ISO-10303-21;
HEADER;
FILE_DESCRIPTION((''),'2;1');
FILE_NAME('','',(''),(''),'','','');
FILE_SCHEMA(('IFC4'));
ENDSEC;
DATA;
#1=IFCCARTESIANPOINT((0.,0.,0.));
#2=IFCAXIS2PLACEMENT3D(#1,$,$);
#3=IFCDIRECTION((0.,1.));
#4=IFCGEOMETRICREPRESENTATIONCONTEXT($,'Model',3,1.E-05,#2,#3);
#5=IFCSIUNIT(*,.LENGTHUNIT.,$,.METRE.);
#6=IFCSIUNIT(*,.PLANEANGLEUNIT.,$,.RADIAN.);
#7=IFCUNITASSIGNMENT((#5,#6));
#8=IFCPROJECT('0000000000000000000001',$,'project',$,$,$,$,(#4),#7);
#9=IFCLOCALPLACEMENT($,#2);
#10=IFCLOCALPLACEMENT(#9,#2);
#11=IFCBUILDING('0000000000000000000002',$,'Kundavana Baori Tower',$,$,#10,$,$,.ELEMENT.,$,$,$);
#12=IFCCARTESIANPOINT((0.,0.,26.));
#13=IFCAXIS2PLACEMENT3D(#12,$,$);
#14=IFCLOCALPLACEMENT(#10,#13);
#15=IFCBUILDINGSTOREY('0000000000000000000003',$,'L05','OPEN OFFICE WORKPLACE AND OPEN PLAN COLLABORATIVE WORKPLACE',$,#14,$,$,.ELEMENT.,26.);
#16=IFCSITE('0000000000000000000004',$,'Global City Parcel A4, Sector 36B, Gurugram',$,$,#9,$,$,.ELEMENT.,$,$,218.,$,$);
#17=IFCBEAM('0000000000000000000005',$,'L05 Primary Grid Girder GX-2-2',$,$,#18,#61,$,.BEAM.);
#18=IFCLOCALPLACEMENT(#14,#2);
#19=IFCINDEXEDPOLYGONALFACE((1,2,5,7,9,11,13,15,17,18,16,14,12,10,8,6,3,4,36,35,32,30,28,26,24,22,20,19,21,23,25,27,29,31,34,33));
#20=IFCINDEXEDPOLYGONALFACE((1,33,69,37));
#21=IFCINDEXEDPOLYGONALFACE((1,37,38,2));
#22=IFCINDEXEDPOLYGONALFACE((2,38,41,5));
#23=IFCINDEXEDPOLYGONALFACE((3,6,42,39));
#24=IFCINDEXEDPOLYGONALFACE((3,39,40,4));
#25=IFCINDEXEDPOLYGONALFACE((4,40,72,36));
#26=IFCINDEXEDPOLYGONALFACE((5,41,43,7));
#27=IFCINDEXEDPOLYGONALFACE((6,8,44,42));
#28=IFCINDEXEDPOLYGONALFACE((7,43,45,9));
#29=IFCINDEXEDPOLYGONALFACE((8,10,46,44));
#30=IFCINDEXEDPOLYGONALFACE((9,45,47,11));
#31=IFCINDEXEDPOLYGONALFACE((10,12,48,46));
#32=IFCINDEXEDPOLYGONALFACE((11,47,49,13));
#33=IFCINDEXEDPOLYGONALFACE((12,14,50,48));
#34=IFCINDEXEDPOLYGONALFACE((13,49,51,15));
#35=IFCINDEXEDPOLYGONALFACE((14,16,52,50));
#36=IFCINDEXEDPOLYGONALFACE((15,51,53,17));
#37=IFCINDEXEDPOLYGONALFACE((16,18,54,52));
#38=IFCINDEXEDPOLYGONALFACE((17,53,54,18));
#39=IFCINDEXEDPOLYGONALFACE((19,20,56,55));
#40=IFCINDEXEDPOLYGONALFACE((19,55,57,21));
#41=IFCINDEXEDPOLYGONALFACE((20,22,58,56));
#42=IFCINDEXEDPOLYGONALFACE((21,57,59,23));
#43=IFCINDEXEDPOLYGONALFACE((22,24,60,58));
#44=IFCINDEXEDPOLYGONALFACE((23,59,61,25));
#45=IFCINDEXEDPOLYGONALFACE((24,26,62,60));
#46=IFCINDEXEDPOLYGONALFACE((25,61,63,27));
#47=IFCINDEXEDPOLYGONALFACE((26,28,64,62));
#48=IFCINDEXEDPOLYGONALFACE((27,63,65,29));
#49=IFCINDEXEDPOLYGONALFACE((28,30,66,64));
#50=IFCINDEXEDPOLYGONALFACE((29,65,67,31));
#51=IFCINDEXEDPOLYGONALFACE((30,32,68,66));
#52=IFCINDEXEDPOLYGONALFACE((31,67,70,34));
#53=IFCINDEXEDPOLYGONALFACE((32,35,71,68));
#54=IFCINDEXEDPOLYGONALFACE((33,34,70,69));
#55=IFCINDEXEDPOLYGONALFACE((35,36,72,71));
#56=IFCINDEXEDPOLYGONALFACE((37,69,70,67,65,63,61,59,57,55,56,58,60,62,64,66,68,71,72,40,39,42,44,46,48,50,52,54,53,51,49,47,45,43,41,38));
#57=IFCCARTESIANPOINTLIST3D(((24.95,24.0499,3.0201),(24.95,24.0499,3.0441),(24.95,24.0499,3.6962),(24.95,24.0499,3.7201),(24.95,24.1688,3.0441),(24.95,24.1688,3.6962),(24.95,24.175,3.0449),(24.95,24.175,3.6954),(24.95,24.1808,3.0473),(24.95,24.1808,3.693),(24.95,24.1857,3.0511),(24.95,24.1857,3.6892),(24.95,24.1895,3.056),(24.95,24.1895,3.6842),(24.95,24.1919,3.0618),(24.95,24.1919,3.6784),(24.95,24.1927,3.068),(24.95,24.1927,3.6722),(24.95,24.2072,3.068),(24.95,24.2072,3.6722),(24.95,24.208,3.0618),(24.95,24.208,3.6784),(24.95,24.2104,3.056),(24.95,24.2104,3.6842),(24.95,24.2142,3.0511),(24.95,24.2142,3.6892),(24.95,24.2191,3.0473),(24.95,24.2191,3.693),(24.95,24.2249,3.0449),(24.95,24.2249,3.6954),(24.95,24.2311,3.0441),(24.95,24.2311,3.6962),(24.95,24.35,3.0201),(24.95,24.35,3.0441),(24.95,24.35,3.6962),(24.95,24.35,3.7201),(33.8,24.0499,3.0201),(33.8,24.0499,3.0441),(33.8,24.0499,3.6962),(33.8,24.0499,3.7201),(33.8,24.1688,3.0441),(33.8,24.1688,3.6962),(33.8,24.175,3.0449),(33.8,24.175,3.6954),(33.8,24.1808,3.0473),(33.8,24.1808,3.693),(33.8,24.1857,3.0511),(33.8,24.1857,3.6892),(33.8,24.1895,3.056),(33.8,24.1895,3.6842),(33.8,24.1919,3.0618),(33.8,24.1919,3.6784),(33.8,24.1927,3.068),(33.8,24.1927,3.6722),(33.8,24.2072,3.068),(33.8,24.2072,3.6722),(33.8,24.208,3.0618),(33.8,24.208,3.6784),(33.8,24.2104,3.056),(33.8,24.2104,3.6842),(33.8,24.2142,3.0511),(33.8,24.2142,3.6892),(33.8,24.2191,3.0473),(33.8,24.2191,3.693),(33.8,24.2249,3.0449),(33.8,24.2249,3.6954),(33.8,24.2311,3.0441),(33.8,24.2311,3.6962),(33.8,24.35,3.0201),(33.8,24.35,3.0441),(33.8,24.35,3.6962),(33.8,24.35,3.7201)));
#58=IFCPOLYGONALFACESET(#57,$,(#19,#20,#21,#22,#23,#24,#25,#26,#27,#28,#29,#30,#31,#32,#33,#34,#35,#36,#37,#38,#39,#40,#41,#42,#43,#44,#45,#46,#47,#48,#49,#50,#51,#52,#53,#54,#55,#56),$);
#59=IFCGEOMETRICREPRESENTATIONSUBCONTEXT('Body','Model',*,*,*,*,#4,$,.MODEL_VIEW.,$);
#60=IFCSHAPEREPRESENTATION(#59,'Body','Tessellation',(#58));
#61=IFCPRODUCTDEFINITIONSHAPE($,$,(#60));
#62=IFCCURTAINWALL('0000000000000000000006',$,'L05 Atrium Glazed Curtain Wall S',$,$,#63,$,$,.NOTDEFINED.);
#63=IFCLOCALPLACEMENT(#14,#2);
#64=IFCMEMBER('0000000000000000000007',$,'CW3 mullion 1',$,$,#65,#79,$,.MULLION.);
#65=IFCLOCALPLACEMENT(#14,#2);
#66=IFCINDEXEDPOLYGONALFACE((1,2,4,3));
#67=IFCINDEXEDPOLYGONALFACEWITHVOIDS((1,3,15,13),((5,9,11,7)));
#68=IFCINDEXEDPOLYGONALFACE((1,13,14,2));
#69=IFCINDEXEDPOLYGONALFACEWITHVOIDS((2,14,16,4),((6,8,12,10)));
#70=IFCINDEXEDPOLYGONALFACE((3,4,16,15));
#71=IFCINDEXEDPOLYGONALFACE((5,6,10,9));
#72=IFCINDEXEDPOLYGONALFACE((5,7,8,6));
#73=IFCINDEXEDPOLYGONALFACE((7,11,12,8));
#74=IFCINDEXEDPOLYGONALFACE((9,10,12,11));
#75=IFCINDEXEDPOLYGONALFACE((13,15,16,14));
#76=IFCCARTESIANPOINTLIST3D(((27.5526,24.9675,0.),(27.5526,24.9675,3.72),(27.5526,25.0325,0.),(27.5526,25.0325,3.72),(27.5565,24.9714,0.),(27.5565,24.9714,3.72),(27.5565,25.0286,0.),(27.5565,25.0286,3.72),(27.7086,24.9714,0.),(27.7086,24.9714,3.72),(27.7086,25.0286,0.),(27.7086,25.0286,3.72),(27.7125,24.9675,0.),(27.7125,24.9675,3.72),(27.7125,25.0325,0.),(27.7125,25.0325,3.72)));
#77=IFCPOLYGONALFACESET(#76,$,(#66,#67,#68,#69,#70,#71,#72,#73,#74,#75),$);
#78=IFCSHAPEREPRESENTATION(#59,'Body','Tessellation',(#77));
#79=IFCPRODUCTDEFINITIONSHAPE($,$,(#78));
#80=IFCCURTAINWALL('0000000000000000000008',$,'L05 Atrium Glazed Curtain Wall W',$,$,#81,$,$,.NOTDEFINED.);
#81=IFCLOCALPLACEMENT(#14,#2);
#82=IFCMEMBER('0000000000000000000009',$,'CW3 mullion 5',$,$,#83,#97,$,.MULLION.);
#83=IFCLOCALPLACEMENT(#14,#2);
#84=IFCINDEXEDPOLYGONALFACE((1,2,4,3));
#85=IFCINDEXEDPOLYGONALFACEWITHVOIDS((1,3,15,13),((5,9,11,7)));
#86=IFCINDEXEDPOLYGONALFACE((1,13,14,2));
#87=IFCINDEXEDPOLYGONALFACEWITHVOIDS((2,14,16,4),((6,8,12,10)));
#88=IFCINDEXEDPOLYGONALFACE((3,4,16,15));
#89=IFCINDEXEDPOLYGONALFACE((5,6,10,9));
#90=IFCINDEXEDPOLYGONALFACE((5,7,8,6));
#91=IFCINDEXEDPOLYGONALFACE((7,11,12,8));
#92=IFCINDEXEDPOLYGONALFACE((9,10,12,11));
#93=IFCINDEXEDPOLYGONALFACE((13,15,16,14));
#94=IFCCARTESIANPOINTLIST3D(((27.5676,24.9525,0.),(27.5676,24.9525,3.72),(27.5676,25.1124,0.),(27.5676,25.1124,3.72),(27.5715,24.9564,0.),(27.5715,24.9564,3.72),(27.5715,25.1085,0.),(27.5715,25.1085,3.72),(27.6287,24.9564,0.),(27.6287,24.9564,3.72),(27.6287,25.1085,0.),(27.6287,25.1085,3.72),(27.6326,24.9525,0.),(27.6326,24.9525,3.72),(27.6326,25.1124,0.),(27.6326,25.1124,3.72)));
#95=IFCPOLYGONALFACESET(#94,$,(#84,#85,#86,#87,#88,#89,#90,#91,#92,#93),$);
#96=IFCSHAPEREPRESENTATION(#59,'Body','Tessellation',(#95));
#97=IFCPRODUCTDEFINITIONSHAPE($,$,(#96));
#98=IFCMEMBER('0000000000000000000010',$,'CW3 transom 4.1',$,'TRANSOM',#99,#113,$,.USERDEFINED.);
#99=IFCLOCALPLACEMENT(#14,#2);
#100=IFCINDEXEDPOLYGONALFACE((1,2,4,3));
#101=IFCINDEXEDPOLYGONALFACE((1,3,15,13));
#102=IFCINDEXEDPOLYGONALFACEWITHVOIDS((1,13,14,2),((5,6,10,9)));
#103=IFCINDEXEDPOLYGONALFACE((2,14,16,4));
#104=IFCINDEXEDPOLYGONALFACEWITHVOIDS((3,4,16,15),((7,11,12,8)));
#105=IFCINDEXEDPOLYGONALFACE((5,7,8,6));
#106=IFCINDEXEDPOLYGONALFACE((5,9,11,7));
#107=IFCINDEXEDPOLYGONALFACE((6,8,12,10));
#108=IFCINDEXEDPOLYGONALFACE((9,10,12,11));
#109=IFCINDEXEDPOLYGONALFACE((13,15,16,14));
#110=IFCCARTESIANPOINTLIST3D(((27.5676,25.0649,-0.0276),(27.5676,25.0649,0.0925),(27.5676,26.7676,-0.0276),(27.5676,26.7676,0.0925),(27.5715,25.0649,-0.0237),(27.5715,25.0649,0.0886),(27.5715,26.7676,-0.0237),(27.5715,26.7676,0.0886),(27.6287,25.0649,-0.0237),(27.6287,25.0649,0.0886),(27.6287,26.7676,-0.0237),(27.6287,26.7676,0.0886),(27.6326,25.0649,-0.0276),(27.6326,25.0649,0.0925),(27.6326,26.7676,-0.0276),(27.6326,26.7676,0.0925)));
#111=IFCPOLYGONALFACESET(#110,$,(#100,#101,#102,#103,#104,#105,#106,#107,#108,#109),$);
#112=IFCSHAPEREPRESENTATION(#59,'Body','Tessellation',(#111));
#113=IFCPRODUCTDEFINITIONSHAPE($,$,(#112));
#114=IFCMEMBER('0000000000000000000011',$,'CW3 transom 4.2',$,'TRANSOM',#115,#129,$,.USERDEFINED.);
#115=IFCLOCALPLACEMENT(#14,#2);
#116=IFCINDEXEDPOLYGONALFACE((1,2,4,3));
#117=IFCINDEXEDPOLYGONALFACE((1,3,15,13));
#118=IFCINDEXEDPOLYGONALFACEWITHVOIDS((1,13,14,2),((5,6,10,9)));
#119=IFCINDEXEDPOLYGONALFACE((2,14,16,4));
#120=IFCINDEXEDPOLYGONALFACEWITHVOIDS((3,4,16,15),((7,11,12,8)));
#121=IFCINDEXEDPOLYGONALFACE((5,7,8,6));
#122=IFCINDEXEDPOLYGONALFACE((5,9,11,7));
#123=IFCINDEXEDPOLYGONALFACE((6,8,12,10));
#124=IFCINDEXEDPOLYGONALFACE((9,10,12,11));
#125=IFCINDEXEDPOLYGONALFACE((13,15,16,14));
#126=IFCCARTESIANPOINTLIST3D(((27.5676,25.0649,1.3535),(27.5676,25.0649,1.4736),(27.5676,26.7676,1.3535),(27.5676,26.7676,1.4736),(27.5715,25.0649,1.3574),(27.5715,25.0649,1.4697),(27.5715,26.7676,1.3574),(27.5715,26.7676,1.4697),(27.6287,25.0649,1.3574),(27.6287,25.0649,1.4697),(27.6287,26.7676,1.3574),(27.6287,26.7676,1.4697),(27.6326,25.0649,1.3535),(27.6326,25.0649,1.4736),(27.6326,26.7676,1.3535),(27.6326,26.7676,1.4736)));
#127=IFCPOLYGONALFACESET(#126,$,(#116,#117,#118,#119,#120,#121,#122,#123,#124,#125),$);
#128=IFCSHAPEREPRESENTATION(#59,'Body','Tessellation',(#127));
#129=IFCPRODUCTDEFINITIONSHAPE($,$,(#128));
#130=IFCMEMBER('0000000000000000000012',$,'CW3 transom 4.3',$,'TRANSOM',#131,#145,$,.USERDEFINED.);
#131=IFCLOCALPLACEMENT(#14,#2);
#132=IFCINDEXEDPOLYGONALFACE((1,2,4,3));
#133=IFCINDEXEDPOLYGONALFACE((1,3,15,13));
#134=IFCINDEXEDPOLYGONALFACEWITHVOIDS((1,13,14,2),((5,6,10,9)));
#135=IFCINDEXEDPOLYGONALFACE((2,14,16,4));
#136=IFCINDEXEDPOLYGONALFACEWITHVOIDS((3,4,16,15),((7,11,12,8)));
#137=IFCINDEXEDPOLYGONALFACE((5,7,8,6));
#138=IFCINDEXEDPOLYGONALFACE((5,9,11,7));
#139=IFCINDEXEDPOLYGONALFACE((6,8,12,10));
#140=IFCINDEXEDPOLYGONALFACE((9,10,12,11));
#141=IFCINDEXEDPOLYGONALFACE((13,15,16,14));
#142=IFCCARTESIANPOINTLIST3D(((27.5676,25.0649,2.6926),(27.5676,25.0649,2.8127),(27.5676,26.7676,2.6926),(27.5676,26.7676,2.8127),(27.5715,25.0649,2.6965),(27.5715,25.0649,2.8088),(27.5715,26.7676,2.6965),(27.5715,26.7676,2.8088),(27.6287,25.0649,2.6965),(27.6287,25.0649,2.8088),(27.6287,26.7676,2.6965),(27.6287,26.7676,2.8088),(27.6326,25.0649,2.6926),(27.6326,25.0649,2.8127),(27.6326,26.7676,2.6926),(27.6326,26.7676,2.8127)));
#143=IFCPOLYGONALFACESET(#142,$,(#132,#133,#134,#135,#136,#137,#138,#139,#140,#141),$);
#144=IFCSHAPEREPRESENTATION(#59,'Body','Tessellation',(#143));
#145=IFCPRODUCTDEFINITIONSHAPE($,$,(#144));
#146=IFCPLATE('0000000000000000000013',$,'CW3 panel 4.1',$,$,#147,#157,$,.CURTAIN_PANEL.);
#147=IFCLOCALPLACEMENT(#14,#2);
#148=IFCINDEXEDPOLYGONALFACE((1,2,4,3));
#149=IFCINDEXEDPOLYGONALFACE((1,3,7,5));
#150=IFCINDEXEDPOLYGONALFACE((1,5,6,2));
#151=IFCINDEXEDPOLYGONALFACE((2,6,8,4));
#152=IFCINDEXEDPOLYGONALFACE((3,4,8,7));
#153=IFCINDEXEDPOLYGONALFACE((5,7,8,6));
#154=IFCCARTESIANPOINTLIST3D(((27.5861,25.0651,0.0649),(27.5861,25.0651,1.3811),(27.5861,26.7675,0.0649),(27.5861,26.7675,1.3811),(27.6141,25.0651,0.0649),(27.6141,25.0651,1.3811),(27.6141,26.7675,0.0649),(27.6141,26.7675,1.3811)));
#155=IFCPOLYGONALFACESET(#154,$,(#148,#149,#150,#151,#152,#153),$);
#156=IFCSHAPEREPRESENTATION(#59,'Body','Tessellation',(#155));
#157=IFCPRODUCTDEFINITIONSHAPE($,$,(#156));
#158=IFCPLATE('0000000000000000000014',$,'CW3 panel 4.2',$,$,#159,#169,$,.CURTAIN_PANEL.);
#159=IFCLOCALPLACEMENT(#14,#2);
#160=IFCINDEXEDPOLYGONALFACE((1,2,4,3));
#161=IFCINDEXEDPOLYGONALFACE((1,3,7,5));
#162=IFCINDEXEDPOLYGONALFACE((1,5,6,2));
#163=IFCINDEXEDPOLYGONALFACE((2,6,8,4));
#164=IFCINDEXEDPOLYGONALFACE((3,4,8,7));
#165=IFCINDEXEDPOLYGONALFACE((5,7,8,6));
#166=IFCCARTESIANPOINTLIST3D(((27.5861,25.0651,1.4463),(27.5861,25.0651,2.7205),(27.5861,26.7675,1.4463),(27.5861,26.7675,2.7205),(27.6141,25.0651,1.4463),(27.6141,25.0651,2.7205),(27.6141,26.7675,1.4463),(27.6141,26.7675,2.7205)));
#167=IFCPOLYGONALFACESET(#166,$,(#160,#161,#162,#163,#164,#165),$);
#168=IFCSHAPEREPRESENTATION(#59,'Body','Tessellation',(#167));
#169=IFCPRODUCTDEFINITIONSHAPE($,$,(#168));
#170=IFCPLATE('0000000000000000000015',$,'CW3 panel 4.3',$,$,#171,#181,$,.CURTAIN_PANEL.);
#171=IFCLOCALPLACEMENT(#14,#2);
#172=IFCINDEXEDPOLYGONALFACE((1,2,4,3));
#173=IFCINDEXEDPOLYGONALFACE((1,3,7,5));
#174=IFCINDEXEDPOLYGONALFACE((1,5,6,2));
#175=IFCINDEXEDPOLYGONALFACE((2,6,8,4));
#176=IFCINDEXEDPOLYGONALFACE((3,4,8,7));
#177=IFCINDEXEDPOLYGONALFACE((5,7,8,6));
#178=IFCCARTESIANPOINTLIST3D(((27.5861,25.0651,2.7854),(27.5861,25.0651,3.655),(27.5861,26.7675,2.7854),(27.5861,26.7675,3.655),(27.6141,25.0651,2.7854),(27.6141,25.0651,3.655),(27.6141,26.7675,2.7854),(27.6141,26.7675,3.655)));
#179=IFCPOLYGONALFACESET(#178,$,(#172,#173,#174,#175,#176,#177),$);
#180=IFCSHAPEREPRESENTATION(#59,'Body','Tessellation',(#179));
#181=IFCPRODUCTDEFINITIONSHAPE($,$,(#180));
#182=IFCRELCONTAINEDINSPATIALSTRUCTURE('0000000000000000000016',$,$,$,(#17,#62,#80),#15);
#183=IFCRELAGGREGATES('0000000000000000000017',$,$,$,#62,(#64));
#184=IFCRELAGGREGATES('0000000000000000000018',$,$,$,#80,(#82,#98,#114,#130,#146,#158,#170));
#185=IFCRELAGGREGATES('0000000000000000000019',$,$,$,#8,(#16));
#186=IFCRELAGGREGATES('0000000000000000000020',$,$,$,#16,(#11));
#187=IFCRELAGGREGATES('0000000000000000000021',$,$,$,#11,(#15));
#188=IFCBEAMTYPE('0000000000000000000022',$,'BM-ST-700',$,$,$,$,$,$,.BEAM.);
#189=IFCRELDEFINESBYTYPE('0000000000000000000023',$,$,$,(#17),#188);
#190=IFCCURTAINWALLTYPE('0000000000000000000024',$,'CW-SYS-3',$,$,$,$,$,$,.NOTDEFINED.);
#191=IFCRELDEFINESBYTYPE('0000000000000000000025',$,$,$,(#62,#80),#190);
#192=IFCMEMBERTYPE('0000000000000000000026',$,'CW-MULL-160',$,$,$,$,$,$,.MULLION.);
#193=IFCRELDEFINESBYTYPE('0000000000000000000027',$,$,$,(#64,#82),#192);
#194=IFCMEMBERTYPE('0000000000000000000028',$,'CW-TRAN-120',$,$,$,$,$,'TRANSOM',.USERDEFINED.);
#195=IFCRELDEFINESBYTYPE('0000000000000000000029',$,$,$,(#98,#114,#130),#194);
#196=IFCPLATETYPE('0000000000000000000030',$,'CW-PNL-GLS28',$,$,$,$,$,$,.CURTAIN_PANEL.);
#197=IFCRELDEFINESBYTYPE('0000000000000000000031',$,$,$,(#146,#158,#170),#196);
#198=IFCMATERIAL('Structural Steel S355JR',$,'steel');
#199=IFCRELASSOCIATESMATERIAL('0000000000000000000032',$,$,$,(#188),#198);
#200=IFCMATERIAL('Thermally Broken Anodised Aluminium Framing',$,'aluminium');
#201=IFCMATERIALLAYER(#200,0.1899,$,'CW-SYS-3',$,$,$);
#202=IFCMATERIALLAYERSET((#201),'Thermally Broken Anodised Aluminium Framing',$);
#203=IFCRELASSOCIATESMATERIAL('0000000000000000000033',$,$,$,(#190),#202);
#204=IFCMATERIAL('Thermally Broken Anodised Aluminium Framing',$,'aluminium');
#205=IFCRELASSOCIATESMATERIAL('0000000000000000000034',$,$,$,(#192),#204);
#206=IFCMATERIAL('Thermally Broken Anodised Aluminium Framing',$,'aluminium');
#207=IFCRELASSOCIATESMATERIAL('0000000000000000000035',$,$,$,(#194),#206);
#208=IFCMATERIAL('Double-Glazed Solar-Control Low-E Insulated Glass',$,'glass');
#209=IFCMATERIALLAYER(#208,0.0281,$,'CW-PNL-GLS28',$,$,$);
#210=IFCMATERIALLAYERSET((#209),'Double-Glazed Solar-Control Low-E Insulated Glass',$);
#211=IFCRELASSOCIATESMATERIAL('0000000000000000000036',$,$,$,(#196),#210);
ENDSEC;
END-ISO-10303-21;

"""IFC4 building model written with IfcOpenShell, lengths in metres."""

from ifc_helpers import new_model, si_unit, direction, frame, origin, origin_2d, place, context, subcontext, project, spatial, rectangle, hollow_rectangle, i_section, extrude, material, layer, layer_set, material_profile, profile_set, type_object, element, aggregate, save


model = new_model("IFC4")

# Units and contexts
model_context = context("Model", 3, precision=1e-05, world=origin(), true_north=direction((0.0, 1.0)))
body_context = subcontext(model_context, "Body", "Model", "MODEL_VIEW")
ifc_project = project(units=[si_unit("LENGTHUNIT", "METRE"), si_unit("PLANEANGLEUNIT", "RADIAN")], contexts=[model_context])

# Site, building, storey
site_placement = place(None, origin())
site = spatial("IfcSite", under=ifc_project, at=site_placement, Name="Global City Parcel A4, Sector 36B, Gurugram", CompositionType="ELEMENT", RefElevation=218.0)
building_placement = place(site_placement, origin())
building = spatial("IfcBuilding", under=site, at=building_placement, Name="Kundavana Baori Tower", CompositionType="ELEMENT")
storey_placement = place(building_placement, frame((0.0, 0.0, 26.0)))
storey = spatial("IfcBuildingStorey", under=building, at=storey_placement, Name="L05", Description="OPEN OFFICE WORKPLACE AND OPEN PLAN COLLABORATIVE WORKPLACE", CompositionType="ELEMENT", Elevation=26.0)

# Beam
ifc_material_1 = material(Name="Structural Steel S355JR", Category="steel")
ifc_material_profile_1 = material_profile(ifc_material_1, i_section(OverallWidth=0.3, OverallDepth=0.7, WebThickness=0.0144, FlangeThickness=0.0239, FilletRadius=0.0239, at=origin_2d()), Name="NPB 700x300x170")
ifc_profile_set_1 = profile_set([ifc_material_profile_1], Name="Structural Steel S355JR")
beam_type_1 = type_object("IfcBeamType", Name="BM-ST-700", PredefinedType="BEAM", material=ifc_profile_set_1)
beam_1_placement = place(storey_placement, frame((24.95, 24.2, 3.3701), z_axis=(1.0, 0.0, 0.0), x_axis=(0.0, 1.0, 0.0)))
element("IfcBeam", 1, at=beam_1_placement, inside=storey, type_object=beam_type_1, Name="L05 Primary Grid Girder GX-2-2", PredefinedType="BEAM", context=body_context, shape_type="SweptSolid", body=[
    extrude(i_section(OverallWidth=0.3, OverallDepth=0.7, WebThickness=0.0144, FlangeThickness=0.0239, FilletRadius=0.0239, at=origin_2d()), origin(), (0.0, 0.0, 1.0), 8.8501),
])

# Curtain wall, member
ifc_material_2 = material(Name="Thermally Broken Anodised Aluminium Framing", Category="aluminium")
ifc_layer_1 = layer(ifc_material_2, 0.1899, Name="CW-SYS-3")
ifc_layer_set_1 = layer_set([ifc_layer_1], Name="Thermally Broken Anodised Aluminium Framing")
curtain_wall_type = type_object("IfcCurtainWallType", Name="CW-SYS-3", PredefinedType="NOTDEFINED", material=ifc_layer_set_1)
curtain_wall_1_placement = place(storey_placement, origin())
curtain_wall_1 = element("IfcCurtainWall", 2, at=curtain_wall_1_placement, inside=storey, type_object=curtain_wall_type, Name="L05 Atrium Glazed Curtain Wall S", PredefinedType="NOTDEFINED")
ifc_material_3 = material(Name="Thermally Broken Anodised Aluminium Framing", Category="aluminium")
ifc_material_profile_2 = material_profile(ifc_material_3, hollow_rectangle(XDim=0.0649, YDim=0.1599, WallThickness=0.0039, at=origin_2d()), Name="CW-MULL-160")
ifc_profile_set_2 = profile_set([ifc_material_profile_2], Name="Thermally Broken Anodised Aluminium Framing")
member_type_1 = type_object("IfcMemberType", Name="CW-MULL-160", PredefinedType="MULLION", material=ifc_profile_set_2)
member_1_placement = place(storey_placement, frame((27.6326, 25.0, 0.0), z_axis=(0.0, 0.0, 1.0), x_axis=(0.0, 1.0, 0.0)))
member_1 = element("IfcMember", 3, at=member_1_placement, type_object=member_type_1, Name="CW3 mullion 1", PredefinedType="MULLION", context=body_context, shape_type="SweptSolid", body=[
    extrude(hollow_rectangle(XDim=0.0649, YDim=0.1599, WallThickness=0.0039, at=origin_2d()), origin(), (0.0, 0.0, 1.0), 3.72),
])
aggregate(curtain_wall_1, [member_1])

# Curtain wall, members, plates
curtain_wall_2_placement = place(storey_placement, origin())
curtain_wall_2 = element("IfcCurtainWall", 4, at=curtain_wall_2_placement, inside=storey, type_object=curtain_wall_type, Name="L05 Atrium Glazed Curtain Wall W", PredefinedType="NOTDEFINED")
member_2_placement = place(storey_placement, frame((27.6001, 25.0325, 0.0), z_axis=(0.0, 0.0, 1.0), x_axis=(1.0, 0.0, 0.0)))
member_2 = element("IfcMember", 5, at=member_2_placement, type_object=member_type_1, Name="CW3 mullion 5", PredefinedType="MULLION", context=body_context, shape_type="SweptSolid", body=[
    extrude(hollow_rectangle(XDim=0.0649, YDim=0.1599, WallThickness=0.0039, at=origin_2d()), origin(), (0.0, 0.0, 1.0), 3.72),
])
ifc_material_4 = material(Name="Thermally Broken Anodised Aluminium Framing", Category="aluminium")
ifc_material_profile_3 = material_profile(ifc_material_4, hollow_rectangle(XDim=0.0649, YDim=0.1201, WallThickness=0.0039, at=origin_2d()), Name="CW-TRAN-120")
ifc_profile_set_3 = profile_set([ifc_material_profile_3], Name="Thermally Broken Anodised Aluminium Framing")
member_type_2 = type_object("IfcMemberType", Name="CW-TRAN-120", ElementType="TRANSOM", PredefinedType="USERDEFINED", material=ifc_profile_set_3)
member_3_placement = place(storey_placement, frame((27.6001, 26.7676, 0.0325), z_axis=(0.0, -1.0, 0.0), x_axis=(1.0, 0.0, 0.0)))
member_3 = element("IfcMember", 6, at=member_3_placement, type_object=member_type_2, Name="CW3 transom 4.1", ObjectType="TRANSOM", PredefinedType="USERDEFINED", context=body_context, shape_type="SweptSolid", body=[
    extrude(hollow_rectangle(XDim=0.0649, YDim=0.1201, WallThickness=0.0039, at=origin_2d()), origin(), (0.0, 0.0, 1.0), 1.7026),
])
member_4_placement = place(storey_placement, frame((27.6001, 26.7676, 1.4136), z_axis=(0.0, -1.0, 0.0), x_axis=(1.0, 0.0, 0.0)))
member_4 = element("IfcMember", 7, at=member_4_placement, type_object=member_type_2, Name="CW3 transom 4.2", ObjectType="TRANSOM", PredefinedType="USERDEFINED", context=body_context, shape_type="SweptSolid", body=[
    extrude(hollow_rectangle(XDim=0.0649, YDim=0.1201, WallThickness=0.0039, at=origin_2d()), origin(), (0.0, 0.0, 1.0), 1.7026),
])
member_5_placement = place(storey_placement, frame((27.6001, 26.7676, 2.7527), z_axis=(0.0, -1.0, 0.0), x_axis=(1.0, 0.0, 0.0)))
member_5 = element("IfcMember", 8, at=member_5_placement, type_object=member_type_2, Name="CW3 transom 4.3", ObjectType="TRANSOM", PredefinedType="USERDEFINED", context=body_context, shape_type="SweptSolid", body=[
    extrude(hollow_rectangle(XDim=0.0649, YDim=0.1201, WallThickness=0.0039, at=origin_2d()), origin(), (0.0, 0.0, 1.0), 1.7026),
])
ifc_material_5 = material(Name="Double-Glazed Solar-Control Low-E Insulated Glass", Category="glass")
ifc_layer_2 = layer(ifc_material_5, 0.0281, Name="CW-PNL-GLS28")
ifc_layer_set_2 = layer_set([ifc_layer_2], Name="Double-Glazed Solar-Control Low-E Insulated Glass")
plate_type = type_object("IfcPlateType", Name="CW-PNL-GLS28", PredefinedType="CURTAIN_PANEL", material=ifc_layer_set_2)
plate_1_placement = place(storey_placement, frame((27.6001, 25.9163, 0.0649), z_axis=(0.0, 0.0, 1.0), x_axis=(0.0, -1.0, 0.0)))
plate_1 = element("IfcPlate", 9, at=plate_1_placement, type_object=plate_type, Name="CW3 panel 4.1", PredefinedType="CURTAIN_PANEL", context=body_context, shape_type="SweptSolid", body=[
    extrude(rectangle(XDim=1.7024, YDim=0.0281, at=origin_2d()), origin(), (0.0, 0.0, 1.0), 1.3162),
])
plate_2_placement = place(storey_placement, frame((27.6001, 25.9163, 1.4463), z_axis=(0.0, 0.0, 1.0), x_axis=(0.0, -1.0, 0.0)))
plate_2 = element("IfcPlate", 10, at=plate_2_placement, type_object=plate_type, Name="CW3 panel 4.2", PredefinedType="CURTAIN_PANEL", context=body_context, shape_type="SweptSolid", body=[
    extrude(rectangle(XDim=1.7024, YDim=0.0281, at=origin_2d()), origin(), (0.0, 0.0, 1.0), 1.2742),
])
plate_3_placement = place(storey_placement, frame((27.6001, 25.9163, 2.7854), z_axis=(0.0, 0.0, 1.0), x_axis=(0.0, -1.0, 0.0)))
plate_3 = element("IfcPlate", 11, at=plate_3_placement, type_object=plate_type, Name="CW3 panel 4.3", PredefinedType="CURTAIN_PANEL", context=body_context, shape_type="SweptSolid", body=[
    extrude(rectangle(XDim=1.7024, YDim=0.0281, at=origin_2d()), origin(), (0.0, 0.0, 1.0), 0.8696),
])
aggregate(curtain_wall_2, [member_2, member_3, member_4, member_5, plate_1, plate_2, plate_3])

save(model, "model.ifc")
